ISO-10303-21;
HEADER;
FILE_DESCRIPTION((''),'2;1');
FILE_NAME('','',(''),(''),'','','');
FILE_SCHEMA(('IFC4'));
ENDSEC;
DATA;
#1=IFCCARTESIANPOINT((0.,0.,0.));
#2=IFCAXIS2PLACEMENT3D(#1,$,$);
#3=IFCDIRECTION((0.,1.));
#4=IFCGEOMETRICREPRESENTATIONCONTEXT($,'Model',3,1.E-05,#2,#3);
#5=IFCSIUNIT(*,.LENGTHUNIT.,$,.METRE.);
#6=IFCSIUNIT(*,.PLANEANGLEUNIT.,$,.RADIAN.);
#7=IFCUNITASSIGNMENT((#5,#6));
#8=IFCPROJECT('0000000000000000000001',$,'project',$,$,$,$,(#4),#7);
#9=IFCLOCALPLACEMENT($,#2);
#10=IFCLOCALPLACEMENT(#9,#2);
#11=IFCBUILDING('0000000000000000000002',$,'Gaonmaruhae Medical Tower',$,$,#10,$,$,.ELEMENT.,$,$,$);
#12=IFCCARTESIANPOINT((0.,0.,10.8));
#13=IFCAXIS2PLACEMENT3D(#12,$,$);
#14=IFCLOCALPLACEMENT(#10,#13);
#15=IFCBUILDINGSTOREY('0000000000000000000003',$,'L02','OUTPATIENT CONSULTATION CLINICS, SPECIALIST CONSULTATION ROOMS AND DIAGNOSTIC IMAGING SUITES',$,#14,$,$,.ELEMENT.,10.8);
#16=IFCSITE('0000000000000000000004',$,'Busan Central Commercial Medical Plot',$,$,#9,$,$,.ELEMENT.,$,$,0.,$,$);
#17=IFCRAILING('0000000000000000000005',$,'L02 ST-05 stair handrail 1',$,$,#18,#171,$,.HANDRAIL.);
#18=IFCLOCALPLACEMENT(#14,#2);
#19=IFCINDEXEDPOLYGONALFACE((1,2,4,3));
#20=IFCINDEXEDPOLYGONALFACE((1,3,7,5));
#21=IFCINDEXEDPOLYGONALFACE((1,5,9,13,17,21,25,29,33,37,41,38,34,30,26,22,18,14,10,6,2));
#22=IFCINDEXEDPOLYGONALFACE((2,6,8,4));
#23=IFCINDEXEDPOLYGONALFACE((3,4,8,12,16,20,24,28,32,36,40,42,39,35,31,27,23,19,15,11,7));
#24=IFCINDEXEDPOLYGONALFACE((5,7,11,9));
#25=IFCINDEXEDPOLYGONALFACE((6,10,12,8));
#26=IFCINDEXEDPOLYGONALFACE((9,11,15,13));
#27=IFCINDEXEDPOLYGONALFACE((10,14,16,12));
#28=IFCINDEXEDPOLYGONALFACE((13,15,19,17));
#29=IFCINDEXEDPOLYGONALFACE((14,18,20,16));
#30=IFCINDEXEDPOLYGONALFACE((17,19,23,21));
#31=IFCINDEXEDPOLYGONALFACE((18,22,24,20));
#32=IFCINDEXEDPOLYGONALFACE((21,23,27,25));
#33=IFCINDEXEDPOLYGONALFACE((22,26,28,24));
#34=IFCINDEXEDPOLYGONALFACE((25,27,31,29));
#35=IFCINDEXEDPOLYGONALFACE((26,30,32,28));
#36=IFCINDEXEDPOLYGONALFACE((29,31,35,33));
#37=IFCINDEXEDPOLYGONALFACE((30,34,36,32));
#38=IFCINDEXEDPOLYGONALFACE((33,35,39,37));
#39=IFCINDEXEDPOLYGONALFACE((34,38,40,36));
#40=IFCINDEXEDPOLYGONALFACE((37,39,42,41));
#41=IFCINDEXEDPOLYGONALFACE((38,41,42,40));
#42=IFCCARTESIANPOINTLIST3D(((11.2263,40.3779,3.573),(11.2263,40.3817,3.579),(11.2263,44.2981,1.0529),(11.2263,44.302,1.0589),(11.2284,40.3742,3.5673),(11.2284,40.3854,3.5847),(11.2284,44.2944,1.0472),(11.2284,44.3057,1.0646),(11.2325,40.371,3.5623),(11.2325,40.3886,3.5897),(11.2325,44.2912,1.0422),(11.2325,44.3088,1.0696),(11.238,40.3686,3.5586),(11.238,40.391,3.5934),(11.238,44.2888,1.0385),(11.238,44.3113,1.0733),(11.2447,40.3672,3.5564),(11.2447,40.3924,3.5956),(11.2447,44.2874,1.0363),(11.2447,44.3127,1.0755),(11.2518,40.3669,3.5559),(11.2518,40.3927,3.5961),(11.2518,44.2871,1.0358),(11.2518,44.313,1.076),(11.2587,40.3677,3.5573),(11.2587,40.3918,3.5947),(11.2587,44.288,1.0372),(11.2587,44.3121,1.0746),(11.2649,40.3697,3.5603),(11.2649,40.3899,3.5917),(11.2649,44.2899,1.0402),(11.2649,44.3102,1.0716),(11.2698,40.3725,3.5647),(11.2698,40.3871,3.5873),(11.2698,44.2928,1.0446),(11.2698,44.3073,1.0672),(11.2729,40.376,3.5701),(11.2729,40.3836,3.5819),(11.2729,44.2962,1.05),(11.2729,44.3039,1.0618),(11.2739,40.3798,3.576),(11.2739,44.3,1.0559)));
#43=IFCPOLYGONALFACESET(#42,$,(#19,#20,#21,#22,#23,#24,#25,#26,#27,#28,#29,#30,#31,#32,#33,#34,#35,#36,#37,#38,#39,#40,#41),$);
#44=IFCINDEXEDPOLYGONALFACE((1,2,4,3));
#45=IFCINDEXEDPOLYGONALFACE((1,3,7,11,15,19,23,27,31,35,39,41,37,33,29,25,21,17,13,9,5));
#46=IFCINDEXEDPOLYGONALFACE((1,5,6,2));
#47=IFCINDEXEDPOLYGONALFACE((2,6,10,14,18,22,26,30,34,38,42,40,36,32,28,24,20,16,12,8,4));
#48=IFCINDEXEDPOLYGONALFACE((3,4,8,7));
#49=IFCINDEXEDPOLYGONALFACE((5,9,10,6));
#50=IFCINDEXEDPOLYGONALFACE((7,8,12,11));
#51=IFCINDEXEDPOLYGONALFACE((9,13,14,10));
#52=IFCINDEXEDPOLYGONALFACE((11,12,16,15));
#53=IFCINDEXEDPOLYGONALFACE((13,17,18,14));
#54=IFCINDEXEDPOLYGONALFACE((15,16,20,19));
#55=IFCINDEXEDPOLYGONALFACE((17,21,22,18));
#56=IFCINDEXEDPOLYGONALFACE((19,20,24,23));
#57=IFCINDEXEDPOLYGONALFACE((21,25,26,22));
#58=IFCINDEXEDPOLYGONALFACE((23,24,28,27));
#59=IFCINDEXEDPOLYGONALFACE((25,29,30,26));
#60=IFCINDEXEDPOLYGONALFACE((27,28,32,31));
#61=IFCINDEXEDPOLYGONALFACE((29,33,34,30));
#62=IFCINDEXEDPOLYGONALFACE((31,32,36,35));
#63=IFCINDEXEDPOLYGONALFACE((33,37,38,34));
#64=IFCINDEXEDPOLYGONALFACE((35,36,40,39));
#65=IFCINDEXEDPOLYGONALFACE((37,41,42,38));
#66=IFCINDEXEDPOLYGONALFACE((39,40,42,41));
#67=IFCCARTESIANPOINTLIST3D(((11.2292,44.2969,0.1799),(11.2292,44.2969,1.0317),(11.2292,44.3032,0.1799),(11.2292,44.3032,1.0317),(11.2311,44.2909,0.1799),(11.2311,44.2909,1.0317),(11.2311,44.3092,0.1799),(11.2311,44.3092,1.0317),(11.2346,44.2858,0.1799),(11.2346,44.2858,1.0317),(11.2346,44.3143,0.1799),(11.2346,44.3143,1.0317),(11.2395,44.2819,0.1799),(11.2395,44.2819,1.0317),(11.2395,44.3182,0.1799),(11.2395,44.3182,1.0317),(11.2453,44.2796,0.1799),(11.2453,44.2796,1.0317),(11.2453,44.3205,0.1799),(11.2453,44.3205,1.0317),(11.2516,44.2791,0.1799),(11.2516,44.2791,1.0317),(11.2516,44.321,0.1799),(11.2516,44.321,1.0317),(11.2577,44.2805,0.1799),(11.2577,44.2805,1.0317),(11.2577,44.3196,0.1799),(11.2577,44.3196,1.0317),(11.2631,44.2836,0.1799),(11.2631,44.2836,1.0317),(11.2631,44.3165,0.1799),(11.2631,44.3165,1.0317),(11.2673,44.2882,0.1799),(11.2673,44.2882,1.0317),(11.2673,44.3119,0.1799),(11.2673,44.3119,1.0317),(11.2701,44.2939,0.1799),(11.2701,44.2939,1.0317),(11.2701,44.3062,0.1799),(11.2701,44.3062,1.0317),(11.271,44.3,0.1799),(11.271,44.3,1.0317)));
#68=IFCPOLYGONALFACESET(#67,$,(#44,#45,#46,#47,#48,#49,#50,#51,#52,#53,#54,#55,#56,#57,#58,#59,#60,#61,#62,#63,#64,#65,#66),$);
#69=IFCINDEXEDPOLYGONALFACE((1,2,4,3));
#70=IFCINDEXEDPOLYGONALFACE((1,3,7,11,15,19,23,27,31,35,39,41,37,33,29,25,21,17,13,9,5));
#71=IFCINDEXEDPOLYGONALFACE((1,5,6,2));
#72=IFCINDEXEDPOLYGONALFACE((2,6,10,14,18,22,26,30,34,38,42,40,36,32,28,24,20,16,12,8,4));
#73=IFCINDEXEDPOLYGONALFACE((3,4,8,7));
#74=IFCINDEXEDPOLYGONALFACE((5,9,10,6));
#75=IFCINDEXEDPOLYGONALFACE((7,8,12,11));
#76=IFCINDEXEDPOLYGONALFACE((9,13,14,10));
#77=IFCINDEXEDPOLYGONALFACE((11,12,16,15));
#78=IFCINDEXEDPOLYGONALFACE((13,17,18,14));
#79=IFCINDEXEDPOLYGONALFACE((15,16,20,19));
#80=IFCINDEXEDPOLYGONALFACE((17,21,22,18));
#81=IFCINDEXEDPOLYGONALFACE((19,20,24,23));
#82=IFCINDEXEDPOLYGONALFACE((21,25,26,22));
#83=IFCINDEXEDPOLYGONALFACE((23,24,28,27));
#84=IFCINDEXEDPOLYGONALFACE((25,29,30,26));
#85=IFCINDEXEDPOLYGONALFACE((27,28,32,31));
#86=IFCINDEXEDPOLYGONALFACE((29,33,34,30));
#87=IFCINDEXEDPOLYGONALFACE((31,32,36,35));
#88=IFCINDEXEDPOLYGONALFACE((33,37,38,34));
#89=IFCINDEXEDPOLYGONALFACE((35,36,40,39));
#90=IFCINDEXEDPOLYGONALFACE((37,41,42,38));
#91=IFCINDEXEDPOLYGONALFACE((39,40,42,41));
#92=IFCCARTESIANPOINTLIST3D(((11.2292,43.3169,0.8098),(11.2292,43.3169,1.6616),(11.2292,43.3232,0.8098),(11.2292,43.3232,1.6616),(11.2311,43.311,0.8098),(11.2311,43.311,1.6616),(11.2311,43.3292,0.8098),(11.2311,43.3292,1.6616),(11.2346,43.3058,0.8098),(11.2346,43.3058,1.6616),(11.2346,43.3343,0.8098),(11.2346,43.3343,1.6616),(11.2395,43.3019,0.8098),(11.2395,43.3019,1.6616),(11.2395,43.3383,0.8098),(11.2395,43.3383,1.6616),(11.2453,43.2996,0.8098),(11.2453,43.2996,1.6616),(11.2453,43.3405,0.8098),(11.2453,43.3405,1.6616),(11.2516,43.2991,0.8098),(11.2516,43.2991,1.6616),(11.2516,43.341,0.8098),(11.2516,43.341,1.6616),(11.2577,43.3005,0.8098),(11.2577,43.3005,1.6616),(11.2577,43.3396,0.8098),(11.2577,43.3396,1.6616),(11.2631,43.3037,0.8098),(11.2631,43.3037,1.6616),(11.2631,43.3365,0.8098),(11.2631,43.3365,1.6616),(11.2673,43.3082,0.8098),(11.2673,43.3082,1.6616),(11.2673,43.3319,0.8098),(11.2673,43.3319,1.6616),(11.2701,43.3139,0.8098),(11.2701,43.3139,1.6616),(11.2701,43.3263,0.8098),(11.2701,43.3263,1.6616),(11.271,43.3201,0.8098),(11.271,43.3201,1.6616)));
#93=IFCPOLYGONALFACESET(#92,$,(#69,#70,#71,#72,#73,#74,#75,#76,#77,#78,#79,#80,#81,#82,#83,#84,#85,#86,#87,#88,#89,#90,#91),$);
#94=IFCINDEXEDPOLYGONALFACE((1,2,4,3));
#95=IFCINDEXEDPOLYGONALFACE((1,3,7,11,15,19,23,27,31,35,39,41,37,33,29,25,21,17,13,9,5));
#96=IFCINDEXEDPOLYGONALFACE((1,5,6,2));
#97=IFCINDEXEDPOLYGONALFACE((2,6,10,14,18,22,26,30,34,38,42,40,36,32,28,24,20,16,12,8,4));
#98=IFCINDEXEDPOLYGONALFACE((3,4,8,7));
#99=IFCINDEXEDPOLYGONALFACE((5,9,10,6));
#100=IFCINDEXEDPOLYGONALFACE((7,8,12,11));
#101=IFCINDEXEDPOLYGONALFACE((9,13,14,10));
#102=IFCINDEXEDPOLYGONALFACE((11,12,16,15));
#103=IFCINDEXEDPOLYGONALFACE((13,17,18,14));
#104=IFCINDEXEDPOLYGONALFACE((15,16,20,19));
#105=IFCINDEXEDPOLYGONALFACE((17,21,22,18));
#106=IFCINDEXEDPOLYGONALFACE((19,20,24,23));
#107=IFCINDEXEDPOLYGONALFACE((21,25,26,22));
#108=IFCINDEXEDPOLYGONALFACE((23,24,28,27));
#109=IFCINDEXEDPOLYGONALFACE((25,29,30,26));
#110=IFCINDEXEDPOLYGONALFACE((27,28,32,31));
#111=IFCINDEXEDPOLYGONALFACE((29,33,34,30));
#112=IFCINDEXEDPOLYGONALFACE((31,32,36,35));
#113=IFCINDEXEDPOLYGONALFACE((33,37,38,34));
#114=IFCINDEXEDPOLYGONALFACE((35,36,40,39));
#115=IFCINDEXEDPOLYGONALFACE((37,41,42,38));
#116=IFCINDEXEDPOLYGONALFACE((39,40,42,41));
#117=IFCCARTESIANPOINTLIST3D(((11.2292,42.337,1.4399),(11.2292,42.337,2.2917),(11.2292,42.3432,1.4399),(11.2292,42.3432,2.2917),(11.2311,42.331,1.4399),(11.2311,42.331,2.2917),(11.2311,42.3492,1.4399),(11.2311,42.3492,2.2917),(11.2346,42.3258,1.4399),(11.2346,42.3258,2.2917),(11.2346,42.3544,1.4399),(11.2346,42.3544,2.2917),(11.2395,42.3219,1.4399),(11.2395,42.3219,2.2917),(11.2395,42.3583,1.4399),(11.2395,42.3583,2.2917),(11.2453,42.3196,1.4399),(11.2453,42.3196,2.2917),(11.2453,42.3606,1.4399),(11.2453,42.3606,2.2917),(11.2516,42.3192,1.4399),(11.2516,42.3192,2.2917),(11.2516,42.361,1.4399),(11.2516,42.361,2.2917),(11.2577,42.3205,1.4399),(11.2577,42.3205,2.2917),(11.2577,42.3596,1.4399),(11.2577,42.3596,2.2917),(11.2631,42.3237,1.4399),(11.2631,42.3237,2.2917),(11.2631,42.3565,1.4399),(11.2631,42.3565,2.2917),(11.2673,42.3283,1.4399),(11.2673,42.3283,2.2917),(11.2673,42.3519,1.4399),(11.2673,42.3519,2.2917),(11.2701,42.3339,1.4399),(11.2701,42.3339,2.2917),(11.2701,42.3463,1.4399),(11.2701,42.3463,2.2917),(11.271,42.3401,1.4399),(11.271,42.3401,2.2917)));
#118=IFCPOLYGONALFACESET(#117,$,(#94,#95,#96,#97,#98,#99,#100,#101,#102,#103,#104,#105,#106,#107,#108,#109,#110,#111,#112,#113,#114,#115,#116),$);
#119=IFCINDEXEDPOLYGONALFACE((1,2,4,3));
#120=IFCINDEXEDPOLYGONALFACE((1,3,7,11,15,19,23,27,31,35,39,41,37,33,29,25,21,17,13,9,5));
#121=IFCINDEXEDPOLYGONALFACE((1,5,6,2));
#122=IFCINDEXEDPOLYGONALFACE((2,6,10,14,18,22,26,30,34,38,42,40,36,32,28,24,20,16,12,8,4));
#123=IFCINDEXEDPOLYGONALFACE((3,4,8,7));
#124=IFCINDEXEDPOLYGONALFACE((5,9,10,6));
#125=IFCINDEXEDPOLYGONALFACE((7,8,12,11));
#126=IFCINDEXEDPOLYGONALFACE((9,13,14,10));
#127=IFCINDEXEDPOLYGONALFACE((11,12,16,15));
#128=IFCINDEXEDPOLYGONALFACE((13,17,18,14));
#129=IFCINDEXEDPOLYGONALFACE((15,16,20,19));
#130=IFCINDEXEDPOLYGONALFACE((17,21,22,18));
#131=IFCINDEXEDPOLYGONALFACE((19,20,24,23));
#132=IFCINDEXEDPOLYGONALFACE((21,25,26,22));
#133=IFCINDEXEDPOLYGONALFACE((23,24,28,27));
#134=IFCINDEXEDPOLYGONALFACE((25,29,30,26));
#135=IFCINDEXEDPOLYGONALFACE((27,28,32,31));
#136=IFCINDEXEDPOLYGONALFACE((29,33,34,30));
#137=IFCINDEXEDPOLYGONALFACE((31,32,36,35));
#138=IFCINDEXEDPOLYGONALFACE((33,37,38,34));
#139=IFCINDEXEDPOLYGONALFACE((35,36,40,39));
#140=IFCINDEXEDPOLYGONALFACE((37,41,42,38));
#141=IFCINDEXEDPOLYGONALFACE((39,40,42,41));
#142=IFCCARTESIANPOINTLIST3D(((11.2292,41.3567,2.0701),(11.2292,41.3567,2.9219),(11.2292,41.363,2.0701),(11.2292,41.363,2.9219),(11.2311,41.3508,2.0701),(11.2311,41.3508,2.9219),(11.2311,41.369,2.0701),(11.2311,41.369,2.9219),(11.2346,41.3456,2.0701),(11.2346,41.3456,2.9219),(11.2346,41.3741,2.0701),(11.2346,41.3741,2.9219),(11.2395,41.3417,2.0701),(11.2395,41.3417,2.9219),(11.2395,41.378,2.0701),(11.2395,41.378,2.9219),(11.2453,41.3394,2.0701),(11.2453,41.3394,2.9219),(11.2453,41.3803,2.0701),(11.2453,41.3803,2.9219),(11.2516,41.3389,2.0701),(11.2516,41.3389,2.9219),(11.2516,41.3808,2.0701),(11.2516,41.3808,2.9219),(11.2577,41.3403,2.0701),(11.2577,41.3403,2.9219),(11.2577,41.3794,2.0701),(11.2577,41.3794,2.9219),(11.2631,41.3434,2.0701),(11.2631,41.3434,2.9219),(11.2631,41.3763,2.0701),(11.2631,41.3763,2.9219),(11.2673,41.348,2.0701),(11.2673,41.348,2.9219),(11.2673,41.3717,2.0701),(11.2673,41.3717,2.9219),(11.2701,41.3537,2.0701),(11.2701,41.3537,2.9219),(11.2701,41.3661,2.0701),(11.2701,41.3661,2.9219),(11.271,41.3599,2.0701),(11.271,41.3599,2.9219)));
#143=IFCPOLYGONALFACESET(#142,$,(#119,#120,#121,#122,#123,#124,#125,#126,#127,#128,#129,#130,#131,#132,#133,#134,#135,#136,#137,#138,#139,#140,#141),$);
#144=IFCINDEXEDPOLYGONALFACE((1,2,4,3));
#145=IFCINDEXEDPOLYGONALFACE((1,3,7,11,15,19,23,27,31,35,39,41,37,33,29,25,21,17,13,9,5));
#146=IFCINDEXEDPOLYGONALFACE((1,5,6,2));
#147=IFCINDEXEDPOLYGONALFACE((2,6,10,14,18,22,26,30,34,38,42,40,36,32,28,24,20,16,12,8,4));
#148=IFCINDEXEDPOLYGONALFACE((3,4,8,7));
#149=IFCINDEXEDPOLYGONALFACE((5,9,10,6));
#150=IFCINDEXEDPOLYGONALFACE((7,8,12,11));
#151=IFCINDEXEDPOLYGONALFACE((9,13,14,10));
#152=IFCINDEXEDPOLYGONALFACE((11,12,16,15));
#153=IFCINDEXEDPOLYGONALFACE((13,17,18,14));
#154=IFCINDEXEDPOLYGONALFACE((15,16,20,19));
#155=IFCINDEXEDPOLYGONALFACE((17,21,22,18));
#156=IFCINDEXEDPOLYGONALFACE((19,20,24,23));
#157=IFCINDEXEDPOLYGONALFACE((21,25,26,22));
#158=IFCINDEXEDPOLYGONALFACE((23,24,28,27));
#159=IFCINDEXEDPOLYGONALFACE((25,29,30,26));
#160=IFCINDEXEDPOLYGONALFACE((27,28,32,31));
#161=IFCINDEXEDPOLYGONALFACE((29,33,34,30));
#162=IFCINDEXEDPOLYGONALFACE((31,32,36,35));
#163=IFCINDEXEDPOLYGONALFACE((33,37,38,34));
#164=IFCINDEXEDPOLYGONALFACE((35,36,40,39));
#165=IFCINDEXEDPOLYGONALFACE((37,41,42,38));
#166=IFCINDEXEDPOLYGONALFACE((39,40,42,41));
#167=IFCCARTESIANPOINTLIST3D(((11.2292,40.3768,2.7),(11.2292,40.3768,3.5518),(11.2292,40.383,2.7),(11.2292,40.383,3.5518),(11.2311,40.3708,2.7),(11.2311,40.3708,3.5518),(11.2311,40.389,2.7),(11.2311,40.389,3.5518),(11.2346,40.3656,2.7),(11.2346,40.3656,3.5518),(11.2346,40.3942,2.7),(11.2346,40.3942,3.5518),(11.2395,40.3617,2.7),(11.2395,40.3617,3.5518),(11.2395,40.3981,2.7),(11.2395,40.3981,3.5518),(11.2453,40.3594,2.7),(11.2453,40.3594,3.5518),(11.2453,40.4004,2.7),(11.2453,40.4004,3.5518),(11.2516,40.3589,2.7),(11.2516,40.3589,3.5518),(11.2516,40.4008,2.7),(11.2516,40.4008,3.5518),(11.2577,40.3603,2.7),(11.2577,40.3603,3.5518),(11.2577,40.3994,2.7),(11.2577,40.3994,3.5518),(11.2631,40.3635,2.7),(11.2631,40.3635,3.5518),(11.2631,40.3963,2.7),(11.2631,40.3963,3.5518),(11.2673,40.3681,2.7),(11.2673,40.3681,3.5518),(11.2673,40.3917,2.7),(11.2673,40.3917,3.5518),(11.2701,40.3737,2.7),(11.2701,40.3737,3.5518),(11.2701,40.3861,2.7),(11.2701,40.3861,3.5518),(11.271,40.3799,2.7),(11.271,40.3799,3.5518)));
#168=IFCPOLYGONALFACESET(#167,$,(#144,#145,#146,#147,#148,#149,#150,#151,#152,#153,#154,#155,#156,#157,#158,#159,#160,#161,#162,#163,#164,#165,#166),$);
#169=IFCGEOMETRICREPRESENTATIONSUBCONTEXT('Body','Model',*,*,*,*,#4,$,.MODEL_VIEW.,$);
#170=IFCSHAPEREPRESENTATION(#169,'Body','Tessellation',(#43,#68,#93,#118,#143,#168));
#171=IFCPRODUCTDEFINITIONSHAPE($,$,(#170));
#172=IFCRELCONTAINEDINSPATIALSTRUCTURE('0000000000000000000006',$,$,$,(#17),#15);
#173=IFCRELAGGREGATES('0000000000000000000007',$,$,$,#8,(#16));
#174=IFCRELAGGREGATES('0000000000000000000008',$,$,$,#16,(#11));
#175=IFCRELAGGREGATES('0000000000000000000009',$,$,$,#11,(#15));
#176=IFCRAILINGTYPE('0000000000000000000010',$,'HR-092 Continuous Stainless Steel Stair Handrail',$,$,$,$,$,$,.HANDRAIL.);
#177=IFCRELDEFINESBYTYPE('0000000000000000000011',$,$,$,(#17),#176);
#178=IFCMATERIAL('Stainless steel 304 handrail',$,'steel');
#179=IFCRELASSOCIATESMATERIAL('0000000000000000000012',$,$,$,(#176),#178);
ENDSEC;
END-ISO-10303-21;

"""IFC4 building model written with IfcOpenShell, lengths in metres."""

from ifc_helpers import new_model, si_unit, direction, frame, origin, origin_2d, place, context, subcontext, project, spatial, circle, extrude, material, type_object, element, save


model = new_model("IFC4")

# Units and contexts
model_context = context("Model", 3, precision=1e-05, world=origin(), true_north=direction((0.0, 1.0)))
body_context = subcontext(model_context, "Body", "Model", "MODEL_VIEW")
ifc_project = project(units=[si_unit("LENGTHUNIT", "METRE"), si_unit("PLANEANGLEUNIT", "RADIAN")], contexts=[model_context])

# Site, building, storey
site_placement = place(None, origin())
site = spatial("IfcSite", under=ifc_project, at=site_placement, Name="Busan Central Commercial Medical Plot", CompositionType="ELEMENT", RefElevation=0.0)
building_placement = place(site_placement, origin())
building = spatial("IfcBuilding", under=site, at=building_placement, Name="Gaonmaruhae Medical Tower", CompositionType="ELEMENT")
storey_placement = place(building_placement, frame((0.0, 0.0, 10.8)))
storey = spatial("IfcBuildingStorey", under=building, at=storey_placement, Name="L02", Description="OUTPATIENT CONSULTATION CLINICS, SPECIALIST CONSULTATION ROOMS AND DIAGNOSTIC IMAGING SUITES", CompositionType="ELEMENT", Elevation=10.8)

# Railing
ifc_material_1 = material(Name="Stainless steel 304 handrail", Category="steel")
railing_type_1 = type_object("IfcRailingType", Name="HR-092 Continuous Stainless Steel Stair Handrail", PredefinedType="HANDRAIL", material=ifc_material_1)
railing_1_placement = place(storey_placement, frame((11.25, 44.3, 0.1799)))
element("IfcRailing", 1, at=railing_1_placement, inside=storey, type_object=railing_type_1, Name="L02 ST-05 stair handrail 1", PredefinedType="HANDRAIL", context=body_context, shape_type="SweptSolid", body=[
    extrude(circle(Radius=0.0239, at=origin_2d()), frame((0.0, 0.0, 0.876), z_axis=(0.0, -0.841187, 0.540744), x_axis=(1.0, 0.0, 0.0)), (0.0, 0.0, 1.0), 4.6604),
    extrude(circle(Radius=0.021, at=origin_2d()), origin(), (0.0, 0.0, 1.0), 0.8518),
    extrude(circle(Radius=0.021, at=origin_2d()), frame((0.0, -0.98, 0.6299)), (0.0, 0.0, 1.0), 0.8518),
    extrude(circle(Radius=0.021, at=origin_2d()), frame((0.0, -1.96, 1.26)), (0.0, 0.0, 1.0), 0.8518),
    extrude(circle(Radius=0.021, at=origin_2d()), frame((0.0, -2.9402, 1.8901)), (0.0, 0.0, 1.0), 0.8518),
    extrude(circle(Radius=0.021, at=origin_2d()), frame((0.0, -3.9202, 2.52)), (0.0, 0.0, 1.0), 0.8518),
])

save(model, "model.ifc")
